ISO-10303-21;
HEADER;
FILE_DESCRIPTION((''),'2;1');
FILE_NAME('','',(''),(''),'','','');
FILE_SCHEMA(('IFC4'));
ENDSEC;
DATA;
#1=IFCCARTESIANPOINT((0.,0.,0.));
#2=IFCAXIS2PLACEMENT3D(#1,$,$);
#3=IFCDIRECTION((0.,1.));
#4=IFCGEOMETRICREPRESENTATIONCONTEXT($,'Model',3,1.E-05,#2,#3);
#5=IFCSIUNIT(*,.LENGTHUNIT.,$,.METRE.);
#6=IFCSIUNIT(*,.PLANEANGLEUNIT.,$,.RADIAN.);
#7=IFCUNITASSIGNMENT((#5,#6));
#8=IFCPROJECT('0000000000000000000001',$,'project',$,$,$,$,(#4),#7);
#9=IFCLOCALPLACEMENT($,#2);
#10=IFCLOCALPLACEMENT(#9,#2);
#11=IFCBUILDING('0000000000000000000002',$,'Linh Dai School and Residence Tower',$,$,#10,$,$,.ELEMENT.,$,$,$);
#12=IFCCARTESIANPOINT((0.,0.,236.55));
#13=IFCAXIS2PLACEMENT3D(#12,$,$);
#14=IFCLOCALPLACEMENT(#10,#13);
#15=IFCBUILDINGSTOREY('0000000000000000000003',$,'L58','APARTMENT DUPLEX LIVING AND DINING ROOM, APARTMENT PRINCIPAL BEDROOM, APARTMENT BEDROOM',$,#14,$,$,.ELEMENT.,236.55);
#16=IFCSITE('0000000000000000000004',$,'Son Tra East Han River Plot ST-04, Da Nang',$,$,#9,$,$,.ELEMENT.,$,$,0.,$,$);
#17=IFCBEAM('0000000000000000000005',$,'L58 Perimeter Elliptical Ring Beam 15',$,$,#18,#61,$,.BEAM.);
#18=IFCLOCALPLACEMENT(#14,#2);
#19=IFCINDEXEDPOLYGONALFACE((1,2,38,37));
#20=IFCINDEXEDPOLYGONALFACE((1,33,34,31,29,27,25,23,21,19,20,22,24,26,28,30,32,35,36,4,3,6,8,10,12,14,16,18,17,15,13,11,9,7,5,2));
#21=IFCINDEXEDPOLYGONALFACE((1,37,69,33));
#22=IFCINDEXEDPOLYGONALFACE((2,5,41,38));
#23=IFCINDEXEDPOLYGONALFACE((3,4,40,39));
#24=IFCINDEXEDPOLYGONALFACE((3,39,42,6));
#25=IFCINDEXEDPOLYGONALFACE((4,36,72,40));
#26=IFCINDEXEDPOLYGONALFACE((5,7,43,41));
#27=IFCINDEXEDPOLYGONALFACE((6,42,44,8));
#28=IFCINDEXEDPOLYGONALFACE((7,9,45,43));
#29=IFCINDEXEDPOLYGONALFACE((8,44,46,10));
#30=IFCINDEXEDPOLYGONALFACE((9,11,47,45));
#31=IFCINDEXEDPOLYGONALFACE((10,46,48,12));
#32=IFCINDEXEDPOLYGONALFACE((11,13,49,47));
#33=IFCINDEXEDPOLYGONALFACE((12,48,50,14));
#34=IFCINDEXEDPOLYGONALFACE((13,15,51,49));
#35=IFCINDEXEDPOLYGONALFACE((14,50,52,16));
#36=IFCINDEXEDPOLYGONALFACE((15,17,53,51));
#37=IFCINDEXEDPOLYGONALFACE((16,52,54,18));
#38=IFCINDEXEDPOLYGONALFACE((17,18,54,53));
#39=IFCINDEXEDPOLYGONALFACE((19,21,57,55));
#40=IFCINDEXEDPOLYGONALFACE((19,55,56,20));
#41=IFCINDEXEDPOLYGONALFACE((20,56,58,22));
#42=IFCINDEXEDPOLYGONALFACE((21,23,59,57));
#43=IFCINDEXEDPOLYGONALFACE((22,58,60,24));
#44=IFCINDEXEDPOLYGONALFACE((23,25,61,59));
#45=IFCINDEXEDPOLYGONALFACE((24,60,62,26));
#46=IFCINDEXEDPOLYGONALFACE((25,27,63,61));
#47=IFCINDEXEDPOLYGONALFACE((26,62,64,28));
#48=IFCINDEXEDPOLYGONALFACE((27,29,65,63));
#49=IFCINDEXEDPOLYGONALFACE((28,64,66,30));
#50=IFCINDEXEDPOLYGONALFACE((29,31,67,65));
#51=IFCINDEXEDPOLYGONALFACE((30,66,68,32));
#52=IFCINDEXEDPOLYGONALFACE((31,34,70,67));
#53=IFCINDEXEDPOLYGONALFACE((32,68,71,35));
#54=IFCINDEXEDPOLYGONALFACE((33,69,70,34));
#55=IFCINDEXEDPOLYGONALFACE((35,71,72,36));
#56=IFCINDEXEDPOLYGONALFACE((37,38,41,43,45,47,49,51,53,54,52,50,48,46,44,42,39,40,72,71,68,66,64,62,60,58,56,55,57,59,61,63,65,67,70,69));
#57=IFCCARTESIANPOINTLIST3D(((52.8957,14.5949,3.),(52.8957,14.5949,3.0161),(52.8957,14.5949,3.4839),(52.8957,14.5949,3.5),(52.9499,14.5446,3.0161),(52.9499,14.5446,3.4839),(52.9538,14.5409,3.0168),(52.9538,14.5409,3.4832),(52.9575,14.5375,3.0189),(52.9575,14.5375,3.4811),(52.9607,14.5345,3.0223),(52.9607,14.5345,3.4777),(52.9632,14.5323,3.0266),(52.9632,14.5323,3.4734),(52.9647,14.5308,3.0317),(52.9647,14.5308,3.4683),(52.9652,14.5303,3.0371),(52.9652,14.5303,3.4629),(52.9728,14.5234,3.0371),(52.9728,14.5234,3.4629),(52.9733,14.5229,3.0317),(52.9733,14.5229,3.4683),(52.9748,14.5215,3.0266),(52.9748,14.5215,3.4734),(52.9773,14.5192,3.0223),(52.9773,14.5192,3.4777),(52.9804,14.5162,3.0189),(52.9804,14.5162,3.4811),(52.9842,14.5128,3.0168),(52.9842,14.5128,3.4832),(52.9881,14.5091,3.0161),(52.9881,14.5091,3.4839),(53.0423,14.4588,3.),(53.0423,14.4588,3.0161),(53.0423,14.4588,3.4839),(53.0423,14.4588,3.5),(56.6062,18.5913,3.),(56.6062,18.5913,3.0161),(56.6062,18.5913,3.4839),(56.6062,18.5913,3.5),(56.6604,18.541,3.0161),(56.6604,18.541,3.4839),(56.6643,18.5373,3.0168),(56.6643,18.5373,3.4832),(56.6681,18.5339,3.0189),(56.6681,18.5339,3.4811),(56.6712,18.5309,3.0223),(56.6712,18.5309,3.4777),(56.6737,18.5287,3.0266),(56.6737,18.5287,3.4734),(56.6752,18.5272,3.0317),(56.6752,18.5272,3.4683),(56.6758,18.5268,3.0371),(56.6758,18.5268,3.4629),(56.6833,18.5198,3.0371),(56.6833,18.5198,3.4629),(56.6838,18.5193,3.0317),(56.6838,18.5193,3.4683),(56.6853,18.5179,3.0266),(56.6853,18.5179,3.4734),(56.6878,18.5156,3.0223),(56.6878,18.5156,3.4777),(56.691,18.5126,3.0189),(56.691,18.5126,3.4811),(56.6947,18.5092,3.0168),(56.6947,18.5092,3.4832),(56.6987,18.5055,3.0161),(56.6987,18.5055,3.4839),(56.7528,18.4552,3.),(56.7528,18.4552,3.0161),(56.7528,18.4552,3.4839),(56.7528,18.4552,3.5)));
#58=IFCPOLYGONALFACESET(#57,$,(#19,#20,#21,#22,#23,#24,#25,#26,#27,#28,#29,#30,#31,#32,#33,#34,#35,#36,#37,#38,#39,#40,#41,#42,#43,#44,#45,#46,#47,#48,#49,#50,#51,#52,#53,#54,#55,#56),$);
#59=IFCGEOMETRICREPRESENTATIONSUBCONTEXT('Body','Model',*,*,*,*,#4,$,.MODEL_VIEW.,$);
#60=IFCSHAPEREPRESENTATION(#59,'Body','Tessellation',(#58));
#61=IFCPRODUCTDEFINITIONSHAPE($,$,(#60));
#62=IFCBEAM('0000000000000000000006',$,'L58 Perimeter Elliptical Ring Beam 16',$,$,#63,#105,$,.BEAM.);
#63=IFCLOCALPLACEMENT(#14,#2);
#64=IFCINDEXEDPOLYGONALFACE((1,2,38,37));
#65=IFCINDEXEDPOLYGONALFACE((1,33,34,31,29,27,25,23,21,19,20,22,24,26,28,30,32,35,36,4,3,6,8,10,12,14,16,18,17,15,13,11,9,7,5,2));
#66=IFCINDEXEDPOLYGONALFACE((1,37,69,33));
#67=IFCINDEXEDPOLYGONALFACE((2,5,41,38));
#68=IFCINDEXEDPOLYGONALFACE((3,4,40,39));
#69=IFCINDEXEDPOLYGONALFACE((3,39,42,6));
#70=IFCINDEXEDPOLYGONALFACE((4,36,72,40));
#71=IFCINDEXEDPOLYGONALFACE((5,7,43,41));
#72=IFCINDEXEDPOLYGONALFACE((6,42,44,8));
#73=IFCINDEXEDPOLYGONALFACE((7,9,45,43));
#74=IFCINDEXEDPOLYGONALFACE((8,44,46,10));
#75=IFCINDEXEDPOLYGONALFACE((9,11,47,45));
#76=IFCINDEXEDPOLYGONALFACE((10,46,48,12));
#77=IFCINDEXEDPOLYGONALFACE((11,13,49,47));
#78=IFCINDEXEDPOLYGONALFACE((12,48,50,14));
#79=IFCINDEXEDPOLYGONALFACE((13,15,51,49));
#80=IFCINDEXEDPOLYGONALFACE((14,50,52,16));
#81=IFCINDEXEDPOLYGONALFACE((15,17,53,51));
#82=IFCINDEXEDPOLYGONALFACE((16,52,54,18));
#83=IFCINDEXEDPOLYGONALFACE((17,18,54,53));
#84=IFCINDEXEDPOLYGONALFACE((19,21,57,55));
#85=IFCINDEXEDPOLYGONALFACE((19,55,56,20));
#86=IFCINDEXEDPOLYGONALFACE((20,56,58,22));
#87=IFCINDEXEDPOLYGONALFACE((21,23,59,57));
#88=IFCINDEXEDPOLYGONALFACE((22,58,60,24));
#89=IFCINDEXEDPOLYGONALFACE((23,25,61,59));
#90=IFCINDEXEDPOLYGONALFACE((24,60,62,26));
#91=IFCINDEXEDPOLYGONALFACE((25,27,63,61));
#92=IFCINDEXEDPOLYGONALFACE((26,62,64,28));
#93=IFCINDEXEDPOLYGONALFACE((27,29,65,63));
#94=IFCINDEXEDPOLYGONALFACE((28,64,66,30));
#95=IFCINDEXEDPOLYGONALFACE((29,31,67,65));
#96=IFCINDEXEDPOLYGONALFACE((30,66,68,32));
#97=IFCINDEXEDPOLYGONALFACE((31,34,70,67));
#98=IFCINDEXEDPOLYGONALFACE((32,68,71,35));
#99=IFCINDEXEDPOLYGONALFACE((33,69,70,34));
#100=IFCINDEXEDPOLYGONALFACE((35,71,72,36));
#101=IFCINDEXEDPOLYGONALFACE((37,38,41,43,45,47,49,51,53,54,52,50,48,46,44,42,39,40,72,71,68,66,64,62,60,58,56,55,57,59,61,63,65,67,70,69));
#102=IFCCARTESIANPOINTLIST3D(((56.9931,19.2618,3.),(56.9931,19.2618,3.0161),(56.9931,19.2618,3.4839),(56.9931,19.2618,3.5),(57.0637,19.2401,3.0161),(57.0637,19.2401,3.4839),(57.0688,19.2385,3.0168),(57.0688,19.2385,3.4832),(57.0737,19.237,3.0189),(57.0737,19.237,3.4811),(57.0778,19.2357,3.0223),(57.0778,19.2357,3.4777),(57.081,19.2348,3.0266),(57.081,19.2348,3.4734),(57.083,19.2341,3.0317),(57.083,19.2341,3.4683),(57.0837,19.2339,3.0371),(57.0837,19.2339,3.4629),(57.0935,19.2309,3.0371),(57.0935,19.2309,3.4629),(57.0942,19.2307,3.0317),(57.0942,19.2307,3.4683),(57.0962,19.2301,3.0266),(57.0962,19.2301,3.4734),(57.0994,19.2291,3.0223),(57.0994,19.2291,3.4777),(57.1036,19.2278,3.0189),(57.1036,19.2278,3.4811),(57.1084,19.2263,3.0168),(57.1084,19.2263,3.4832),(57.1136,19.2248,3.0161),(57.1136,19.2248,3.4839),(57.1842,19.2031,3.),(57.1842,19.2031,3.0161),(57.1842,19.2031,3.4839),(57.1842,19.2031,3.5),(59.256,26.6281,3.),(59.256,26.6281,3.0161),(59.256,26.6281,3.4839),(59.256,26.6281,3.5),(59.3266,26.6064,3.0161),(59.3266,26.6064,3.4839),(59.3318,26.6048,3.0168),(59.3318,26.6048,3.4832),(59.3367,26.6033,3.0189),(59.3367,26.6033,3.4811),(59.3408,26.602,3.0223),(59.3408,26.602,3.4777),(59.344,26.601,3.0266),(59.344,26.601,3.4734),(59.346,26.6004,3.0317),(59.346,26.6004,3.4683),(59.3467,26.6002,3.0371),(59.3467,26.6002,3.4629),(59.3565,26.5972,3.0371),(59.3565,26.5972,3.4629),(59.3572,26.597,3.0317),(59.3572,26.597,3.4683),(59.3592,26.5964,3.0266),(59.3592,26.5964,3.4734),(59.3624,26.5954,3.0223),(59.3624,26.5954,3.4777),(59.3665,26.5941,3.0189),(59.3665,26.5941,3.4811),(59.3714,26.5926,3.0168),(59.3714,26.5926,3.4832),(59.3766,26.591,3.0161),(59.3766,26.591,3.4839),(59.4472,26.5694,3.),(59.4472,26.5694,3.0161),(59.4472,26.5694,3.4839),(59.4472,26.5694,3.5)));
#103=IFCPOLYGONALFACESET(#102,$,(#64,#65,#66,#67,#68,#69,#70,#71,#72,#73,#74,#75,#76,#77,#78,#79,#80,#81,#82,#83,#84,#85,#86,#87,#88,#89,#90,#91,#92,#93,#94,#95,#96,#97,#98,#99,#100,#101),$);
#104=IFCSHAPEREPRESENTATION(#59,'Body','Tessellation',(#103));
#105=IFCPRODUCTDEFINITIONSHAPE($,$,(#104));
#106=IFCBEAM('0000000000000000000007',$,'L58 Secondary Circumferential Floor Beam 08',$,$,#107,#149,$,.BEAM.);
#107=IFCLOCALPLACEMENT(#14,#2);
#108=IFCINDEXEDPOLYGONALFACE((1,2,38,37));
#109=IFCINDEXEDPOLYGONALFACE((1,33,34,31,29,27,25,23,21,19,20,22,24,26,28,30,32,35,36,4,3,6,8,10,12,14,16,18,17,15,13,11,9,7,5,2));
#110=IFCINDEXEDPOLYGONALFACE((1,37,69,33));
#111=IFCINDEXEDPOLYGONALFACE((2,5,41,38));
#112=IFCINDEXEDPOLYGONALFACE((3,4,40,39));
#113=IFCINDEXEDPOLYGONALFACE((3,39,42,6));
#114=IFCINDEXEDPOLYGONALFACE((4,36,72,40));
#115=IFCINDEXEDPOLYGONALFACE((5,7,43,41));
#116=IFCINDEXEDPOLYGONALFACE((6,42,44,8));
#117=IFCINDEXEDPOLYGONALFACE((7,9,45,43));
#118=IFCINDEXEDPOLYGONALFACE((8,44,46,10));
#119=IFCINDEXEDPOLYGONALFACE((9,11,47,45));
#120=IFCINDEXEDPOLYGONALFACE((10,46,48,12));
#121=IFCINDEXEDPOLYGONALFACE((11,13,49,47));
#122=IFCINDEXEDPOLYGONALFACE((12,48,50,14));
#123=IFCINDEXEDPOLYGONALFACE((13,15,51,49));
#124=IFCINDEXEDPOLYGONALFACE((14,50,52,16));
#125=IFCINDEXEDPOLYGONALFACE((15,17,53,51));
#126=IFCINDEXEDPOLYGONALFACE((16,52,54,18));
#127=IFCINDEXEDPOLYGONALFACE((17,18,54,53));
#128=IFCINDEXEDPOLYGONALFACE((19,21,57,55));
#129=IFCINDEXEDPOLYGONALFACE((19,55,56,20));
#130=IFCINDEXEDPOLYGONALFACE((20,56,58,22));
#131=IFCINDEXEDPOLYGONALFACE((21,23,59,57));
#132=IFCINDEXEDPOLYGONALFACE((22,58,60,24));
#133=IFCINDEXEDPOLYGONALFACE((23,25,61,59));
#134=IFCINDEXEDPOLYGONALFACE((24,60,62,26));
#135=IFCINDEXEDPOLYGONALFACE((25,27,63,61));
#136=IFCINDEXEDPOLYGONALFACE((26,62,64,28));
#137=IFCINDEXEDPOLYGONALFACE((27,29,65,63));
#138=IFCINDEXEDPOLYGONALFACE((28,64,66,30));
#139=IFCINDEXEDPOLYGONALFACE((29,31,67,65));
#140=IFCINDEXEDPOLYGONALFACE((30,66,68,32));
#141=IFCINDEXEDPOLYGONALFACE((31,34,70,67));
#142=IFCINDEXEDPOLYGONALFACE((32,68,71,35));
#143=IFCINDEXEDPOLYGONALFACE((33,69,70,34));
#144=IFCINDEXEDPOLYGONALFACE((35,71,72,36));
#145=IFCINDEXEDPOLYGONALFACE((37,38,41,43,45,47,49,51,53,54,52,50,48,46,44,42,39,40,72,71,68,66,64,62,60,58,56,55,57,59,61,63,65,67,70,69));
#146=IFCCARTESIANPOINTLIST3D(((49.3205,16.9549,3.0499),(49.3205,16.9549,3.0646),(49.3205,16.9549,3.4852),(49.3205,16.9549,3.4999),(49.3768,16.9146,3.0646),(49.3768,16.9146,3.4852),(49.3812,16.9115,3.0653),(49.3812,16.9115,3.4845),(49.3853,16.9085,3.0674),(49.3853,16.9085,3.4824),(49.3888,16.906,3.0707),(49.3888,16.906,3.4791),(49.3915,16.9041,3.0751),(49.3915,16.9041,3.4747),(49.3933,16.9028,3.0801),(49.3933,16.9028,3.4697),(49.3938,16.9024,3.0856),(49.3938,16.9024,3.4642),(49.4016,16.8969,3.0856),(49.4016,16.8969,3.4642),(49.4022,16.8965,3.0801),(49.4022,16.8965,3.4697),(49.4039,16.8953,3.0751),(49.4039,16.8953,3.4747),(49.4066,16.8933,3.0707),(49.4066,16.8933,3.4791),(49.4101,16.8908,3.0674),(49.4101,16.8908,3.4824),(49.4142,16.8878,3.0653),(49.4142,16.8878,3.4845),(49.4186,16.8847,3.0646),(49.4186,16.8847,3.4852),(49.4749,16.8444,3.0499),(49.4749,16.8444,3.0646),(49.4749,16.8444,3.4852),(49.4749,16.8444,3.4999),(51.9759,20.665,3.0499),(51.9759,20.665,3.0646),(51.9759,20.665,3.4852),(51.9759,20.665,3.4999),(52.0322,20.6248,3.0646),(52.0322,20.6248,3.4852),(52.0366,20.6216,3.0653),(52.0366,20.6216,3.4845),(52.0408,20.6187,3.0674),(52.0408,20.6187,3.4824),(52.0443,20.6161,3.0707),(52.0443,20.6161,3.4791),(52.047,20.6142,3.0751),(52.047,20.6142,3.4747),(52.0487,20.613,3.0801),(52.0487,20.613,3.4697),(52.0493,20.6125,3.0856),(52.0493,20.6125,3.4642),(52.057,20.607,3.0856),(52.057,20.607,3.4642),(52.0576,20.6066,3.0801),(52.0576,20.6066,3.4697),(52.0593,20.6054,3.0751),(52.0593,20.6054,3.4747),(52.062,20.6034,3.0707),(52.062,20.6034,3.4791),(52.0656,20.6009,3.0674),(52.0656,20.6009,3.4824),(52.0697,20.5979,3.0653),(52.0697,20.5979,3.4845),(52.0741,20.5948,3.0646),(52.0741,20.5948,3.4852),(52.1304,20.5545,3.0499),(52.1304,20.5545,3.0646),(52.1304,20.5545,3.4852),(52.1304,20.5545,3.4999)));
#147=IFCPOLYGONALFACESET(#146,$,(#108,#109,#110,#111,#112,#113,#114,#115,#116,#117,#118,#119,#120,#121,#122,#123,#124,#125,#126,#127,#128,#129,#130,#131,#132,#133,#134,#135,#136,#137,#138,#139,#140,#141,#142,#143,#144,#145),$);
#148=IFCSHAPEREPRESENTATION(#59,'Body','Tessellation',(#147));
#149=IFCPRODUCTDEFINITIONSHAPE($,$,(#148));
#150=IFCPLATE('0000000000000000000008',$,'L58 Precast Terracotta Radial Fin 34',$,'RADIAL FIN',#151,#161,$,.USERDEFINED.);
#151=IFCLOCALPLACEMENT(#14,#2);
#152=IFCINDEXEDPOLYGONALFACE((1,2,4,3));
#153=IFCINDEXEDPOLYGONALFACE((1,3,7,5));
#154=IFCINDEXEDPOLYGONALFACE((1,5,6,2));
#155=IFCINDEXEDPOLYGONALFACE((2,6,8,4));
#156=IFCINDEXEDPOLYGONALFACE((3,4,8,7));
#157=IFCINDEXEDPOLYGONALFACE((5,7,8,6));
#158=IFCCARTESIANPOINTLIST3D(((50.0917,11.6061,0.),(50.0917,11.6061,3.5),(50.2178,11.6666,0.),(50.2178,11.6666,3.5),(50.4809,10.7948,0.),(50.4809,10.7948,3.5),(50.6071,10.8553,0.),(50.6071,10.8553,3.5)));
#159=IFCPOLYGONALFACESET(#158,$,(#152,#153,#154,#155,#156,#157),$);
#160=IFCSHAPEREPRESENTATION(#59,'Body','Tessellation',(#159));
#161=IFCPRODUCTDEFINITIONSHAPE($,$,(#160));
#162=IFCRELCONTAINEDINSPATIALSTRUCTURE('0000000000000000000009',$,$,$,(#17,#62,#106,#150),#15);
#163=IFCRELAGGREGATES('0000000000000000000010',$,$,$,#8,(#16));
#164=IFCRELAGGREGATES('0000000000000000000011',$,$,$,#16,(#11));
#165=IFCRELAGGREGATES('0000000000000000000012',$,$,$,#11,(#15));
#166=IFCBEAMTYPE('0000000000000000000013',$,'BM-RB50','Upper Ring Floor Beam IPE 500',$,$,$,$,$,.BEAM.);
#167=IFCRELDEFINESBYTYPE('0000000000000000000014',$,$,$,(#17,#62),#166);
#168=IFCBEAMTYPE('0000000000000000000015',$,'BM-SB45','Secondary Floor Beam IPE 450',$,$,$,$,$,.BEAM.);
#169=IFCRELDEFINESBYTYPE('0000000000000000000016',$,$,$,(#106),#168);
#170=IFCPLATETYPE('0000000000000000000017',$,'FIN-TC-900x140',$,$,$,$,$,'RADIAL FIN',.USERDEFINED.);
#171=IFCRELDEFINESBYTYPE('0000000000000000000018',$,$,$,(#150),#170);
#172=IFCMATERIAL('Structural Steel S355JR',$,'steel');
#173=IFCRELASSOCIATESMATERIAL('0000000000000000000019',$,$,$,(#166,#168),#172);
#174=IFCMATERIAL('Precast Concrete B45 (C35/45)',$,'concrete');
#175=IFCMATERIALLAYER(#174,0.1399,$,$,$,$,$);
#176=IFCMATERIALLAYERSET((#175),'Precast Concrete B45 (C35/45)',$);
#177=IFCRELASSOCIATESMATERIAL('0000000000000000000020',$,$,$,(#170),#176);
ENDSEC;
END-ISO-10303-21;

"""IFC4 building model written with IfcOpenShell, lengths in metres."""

from ifc_helpers import new_model, si_unit, direction, frame, origin, origin_2d, place, context, subcontext, project, spatial, rectangle, i_section, extrude, source, transform, mapped, material, layer, layer_set, material_profile, profile_set, type_object, element, save


model = new_model("IFC4")

# Units and contexts
model_context = context("Model", 3, precision=1e-05, world=origin(), true_north=direction((0.0, 1.0)))
body_context = subcontext(model_context, "Body", "Model", "MODEL_VIEW")
ifc_project = project(units=[si_unit("LENGTHUNIT", "METRE"), si_unit("PLANEANGLEUNIT", "RADIAN")], contexts=[model_context])

# Site, building, storey
site_placement = place(None, origin())
site = spatial("IfcSite", under=ifc_project, at=site_placement, Name="Son Tra East Han River Plot ST-04, Da Nang", CompositionType="ELEMENT", RefElevation=0.0)
building_placement = place(site_placement, origin())
building = spatial("IfcBuilding", under=site, at=building_placement, Name="Linh Dai School and Residence Tower", CompositionType="ELEMENT")
storey_placement = place(building_placement, frame((0.0, 0.0, 236.55)))
storey = spatial("IfcBuildingStorey", under=building, at=storey_placement, Name="L58", Description="APARTMENT DUPLEX LIVING AND DINING ROOM, APARTMENT PRINCIPAL BEDROOM, APARTMENT BEDROOM", CompositionType="ELEMENT", Elevation=236.55)

# Shared definitions
ifc_material_1 = material(Name="Structural Steel S355JR", Category="steel")

# Beams
ifc_material_profile_1 = material_profile(ifc_material_1, i_section(OverallWidth=0.2, OverallDepth=0.5, WebThickness=0.0103, FlangeThickness=0.0161, FilletRadius=0.021, at=origin_2d()), Name="IPE 500")
ifc_profile_set_1 = profile_set([ifc_material_profile_1], Name="Structural Steel S355JR")
beam_type_1 = type_object("IfcBeamType", Name="BM-RB50", Description="Upper Ring Floor Beam IPE 500", PredefinedType="BEAM", material=ifc_profile_set_1)
beam_1_placement = place(storey_placement, frame((52.969, 14.5269, 3.25), z_axis=(0.680408, 0.732833, 0.0), x_axis=(-0.732833, 0.680408, 0.0)))
element("IfcBeam", 1, at=beam_1_placement, inside=storey, type_object=beam_type_1, Name="L58 Perimeter Elliptical Ring Beam 15", PredefinedType="BEAM", context=body_context, shape_type="SweptSolid", body=[
    extrude(i_section(OverallWidth=0.2, OverallDepth=0.5, WebThickness=0.0103, FlangeThickness=0.0161, FilletRadius=0.021, at=origin_2d()), origin(), (0.0, 0.0, 1.0), 5.4534),
])
beam_2_placement = place(storey_placement, frame((57.0886, 19.2324, 3.25), z_axis=(0.293661, 0.95591, 0.0), x_axis=(-0.95591, 0.293661, 0.0)))
element("IfcBeam", 2, at=beam_2_placement, inside=storey, type_object=beam_type_1, Name="L58 Perimeter Elliptical Ring Beam 16", PredefinedType="BEAM", context=body_context, shape_type="SweptSolid", body=[
    extrude(i_section(OverallWidth=0.2, OverallDepth=0.5, WebThickness=0.0103, FlangeThickness=0.0161, FilletRadius=0.021, at=origin_2d()), origin(), (0.0, 0.0, 1.0), 7.7061),
])
ifc_material_profile_2 = material_profile(ifc_material_1, i_section(OverallWidth=0.1899, OverallDepth=0.45, WebThickness=0.0095, FlangeThickness=0.0146, FilletRadius=0.021, at=origin_2d()), Name="IPE 450")
ifc_profile_set_2 = profile_set([ifc_material_profile_2], Name="Structural Steel S355JR")
beam_type_2 = type_object("IfcBeamType", Name="BM-SB45", Description="Secondary Floor Beam IPE 450", PredefinedType="BEAM", material=ifc_profile_set_2)
beam_3_placement = place(storey_placement, frame((49.3977, 16.8997, 3.2749), z_axis=(0.582017, 0.813176, 0.0), x_axis=(-0.813176, 0.582017, 0.0)))
element("IfcBeam", 3, at=beam_3_placement, inside=storey, type_object=beam_type_2, Name="L58 Secondary Circumferential Floor Beam 08", PredefinedType="BEAM", context=body_context, shape_type="SweptSolid", body=[
    extrude(i_section(OverallWidth=0.1899, OverallDepth=0.45, WebThickness=0.0095, FlangeThickness=0.0146, FilletRadius=0.021, at=origin_2d()), origin(), (0.0, 0.0, 1.0), 4.5625),
])

# Plate
ifc_material_2 = material(Name="Precast Concrete B45 (C35/45)", Category="concrete")
ifc_layer_1 = layer(ifc_material_2, 0.1399)
ifc_layer_set_1 = layer_set([ifc_layer_1], Name="Precast Concrete B45 (C35/45)")
plate_type = type_object("IfcPlateType", Name="FIN-TC-900x140", ElementType="RADIAL FIN", PredefinedType="USERDEFINED", material=ifc_layer_set_1)
shared_shape_1 = source(origin(), body_context, "Body", "SweptSolid", [
    extrude(rectangle(XDim=0.8999, YDim=0.1399, at=origin_2d()), origin(), (0.0, 0.0, 1.0), 3.5),
])
plate_placement = place(storey_placement, frame((50.3494, 11.2307, 0.0), z_axis=(0.0, 0.0, 1.0), x_axis=(0.432594, -0.901589, 0.0)))
element("IfcPlate", 4, at=plate_placement, inside=storey, type_object=plate_type, Name="L58 Precast Terracotta Radial Fin 34", ObjectType="RADIAL FIN", PredefinedType="USERDEFINED", context=body_context, shape_type="MappedRepresentation", body=[
    mapped(shared_shape_1, transform((0.0, 0.0, 0.0), x_axis=(1.0, 0.0, 0.0), y_axis=(0.0, 1.0, 0.0), z_axis=(0.0, 0.0, 1.0), scale=1.0)),
])

save(model, "model.ifc")
